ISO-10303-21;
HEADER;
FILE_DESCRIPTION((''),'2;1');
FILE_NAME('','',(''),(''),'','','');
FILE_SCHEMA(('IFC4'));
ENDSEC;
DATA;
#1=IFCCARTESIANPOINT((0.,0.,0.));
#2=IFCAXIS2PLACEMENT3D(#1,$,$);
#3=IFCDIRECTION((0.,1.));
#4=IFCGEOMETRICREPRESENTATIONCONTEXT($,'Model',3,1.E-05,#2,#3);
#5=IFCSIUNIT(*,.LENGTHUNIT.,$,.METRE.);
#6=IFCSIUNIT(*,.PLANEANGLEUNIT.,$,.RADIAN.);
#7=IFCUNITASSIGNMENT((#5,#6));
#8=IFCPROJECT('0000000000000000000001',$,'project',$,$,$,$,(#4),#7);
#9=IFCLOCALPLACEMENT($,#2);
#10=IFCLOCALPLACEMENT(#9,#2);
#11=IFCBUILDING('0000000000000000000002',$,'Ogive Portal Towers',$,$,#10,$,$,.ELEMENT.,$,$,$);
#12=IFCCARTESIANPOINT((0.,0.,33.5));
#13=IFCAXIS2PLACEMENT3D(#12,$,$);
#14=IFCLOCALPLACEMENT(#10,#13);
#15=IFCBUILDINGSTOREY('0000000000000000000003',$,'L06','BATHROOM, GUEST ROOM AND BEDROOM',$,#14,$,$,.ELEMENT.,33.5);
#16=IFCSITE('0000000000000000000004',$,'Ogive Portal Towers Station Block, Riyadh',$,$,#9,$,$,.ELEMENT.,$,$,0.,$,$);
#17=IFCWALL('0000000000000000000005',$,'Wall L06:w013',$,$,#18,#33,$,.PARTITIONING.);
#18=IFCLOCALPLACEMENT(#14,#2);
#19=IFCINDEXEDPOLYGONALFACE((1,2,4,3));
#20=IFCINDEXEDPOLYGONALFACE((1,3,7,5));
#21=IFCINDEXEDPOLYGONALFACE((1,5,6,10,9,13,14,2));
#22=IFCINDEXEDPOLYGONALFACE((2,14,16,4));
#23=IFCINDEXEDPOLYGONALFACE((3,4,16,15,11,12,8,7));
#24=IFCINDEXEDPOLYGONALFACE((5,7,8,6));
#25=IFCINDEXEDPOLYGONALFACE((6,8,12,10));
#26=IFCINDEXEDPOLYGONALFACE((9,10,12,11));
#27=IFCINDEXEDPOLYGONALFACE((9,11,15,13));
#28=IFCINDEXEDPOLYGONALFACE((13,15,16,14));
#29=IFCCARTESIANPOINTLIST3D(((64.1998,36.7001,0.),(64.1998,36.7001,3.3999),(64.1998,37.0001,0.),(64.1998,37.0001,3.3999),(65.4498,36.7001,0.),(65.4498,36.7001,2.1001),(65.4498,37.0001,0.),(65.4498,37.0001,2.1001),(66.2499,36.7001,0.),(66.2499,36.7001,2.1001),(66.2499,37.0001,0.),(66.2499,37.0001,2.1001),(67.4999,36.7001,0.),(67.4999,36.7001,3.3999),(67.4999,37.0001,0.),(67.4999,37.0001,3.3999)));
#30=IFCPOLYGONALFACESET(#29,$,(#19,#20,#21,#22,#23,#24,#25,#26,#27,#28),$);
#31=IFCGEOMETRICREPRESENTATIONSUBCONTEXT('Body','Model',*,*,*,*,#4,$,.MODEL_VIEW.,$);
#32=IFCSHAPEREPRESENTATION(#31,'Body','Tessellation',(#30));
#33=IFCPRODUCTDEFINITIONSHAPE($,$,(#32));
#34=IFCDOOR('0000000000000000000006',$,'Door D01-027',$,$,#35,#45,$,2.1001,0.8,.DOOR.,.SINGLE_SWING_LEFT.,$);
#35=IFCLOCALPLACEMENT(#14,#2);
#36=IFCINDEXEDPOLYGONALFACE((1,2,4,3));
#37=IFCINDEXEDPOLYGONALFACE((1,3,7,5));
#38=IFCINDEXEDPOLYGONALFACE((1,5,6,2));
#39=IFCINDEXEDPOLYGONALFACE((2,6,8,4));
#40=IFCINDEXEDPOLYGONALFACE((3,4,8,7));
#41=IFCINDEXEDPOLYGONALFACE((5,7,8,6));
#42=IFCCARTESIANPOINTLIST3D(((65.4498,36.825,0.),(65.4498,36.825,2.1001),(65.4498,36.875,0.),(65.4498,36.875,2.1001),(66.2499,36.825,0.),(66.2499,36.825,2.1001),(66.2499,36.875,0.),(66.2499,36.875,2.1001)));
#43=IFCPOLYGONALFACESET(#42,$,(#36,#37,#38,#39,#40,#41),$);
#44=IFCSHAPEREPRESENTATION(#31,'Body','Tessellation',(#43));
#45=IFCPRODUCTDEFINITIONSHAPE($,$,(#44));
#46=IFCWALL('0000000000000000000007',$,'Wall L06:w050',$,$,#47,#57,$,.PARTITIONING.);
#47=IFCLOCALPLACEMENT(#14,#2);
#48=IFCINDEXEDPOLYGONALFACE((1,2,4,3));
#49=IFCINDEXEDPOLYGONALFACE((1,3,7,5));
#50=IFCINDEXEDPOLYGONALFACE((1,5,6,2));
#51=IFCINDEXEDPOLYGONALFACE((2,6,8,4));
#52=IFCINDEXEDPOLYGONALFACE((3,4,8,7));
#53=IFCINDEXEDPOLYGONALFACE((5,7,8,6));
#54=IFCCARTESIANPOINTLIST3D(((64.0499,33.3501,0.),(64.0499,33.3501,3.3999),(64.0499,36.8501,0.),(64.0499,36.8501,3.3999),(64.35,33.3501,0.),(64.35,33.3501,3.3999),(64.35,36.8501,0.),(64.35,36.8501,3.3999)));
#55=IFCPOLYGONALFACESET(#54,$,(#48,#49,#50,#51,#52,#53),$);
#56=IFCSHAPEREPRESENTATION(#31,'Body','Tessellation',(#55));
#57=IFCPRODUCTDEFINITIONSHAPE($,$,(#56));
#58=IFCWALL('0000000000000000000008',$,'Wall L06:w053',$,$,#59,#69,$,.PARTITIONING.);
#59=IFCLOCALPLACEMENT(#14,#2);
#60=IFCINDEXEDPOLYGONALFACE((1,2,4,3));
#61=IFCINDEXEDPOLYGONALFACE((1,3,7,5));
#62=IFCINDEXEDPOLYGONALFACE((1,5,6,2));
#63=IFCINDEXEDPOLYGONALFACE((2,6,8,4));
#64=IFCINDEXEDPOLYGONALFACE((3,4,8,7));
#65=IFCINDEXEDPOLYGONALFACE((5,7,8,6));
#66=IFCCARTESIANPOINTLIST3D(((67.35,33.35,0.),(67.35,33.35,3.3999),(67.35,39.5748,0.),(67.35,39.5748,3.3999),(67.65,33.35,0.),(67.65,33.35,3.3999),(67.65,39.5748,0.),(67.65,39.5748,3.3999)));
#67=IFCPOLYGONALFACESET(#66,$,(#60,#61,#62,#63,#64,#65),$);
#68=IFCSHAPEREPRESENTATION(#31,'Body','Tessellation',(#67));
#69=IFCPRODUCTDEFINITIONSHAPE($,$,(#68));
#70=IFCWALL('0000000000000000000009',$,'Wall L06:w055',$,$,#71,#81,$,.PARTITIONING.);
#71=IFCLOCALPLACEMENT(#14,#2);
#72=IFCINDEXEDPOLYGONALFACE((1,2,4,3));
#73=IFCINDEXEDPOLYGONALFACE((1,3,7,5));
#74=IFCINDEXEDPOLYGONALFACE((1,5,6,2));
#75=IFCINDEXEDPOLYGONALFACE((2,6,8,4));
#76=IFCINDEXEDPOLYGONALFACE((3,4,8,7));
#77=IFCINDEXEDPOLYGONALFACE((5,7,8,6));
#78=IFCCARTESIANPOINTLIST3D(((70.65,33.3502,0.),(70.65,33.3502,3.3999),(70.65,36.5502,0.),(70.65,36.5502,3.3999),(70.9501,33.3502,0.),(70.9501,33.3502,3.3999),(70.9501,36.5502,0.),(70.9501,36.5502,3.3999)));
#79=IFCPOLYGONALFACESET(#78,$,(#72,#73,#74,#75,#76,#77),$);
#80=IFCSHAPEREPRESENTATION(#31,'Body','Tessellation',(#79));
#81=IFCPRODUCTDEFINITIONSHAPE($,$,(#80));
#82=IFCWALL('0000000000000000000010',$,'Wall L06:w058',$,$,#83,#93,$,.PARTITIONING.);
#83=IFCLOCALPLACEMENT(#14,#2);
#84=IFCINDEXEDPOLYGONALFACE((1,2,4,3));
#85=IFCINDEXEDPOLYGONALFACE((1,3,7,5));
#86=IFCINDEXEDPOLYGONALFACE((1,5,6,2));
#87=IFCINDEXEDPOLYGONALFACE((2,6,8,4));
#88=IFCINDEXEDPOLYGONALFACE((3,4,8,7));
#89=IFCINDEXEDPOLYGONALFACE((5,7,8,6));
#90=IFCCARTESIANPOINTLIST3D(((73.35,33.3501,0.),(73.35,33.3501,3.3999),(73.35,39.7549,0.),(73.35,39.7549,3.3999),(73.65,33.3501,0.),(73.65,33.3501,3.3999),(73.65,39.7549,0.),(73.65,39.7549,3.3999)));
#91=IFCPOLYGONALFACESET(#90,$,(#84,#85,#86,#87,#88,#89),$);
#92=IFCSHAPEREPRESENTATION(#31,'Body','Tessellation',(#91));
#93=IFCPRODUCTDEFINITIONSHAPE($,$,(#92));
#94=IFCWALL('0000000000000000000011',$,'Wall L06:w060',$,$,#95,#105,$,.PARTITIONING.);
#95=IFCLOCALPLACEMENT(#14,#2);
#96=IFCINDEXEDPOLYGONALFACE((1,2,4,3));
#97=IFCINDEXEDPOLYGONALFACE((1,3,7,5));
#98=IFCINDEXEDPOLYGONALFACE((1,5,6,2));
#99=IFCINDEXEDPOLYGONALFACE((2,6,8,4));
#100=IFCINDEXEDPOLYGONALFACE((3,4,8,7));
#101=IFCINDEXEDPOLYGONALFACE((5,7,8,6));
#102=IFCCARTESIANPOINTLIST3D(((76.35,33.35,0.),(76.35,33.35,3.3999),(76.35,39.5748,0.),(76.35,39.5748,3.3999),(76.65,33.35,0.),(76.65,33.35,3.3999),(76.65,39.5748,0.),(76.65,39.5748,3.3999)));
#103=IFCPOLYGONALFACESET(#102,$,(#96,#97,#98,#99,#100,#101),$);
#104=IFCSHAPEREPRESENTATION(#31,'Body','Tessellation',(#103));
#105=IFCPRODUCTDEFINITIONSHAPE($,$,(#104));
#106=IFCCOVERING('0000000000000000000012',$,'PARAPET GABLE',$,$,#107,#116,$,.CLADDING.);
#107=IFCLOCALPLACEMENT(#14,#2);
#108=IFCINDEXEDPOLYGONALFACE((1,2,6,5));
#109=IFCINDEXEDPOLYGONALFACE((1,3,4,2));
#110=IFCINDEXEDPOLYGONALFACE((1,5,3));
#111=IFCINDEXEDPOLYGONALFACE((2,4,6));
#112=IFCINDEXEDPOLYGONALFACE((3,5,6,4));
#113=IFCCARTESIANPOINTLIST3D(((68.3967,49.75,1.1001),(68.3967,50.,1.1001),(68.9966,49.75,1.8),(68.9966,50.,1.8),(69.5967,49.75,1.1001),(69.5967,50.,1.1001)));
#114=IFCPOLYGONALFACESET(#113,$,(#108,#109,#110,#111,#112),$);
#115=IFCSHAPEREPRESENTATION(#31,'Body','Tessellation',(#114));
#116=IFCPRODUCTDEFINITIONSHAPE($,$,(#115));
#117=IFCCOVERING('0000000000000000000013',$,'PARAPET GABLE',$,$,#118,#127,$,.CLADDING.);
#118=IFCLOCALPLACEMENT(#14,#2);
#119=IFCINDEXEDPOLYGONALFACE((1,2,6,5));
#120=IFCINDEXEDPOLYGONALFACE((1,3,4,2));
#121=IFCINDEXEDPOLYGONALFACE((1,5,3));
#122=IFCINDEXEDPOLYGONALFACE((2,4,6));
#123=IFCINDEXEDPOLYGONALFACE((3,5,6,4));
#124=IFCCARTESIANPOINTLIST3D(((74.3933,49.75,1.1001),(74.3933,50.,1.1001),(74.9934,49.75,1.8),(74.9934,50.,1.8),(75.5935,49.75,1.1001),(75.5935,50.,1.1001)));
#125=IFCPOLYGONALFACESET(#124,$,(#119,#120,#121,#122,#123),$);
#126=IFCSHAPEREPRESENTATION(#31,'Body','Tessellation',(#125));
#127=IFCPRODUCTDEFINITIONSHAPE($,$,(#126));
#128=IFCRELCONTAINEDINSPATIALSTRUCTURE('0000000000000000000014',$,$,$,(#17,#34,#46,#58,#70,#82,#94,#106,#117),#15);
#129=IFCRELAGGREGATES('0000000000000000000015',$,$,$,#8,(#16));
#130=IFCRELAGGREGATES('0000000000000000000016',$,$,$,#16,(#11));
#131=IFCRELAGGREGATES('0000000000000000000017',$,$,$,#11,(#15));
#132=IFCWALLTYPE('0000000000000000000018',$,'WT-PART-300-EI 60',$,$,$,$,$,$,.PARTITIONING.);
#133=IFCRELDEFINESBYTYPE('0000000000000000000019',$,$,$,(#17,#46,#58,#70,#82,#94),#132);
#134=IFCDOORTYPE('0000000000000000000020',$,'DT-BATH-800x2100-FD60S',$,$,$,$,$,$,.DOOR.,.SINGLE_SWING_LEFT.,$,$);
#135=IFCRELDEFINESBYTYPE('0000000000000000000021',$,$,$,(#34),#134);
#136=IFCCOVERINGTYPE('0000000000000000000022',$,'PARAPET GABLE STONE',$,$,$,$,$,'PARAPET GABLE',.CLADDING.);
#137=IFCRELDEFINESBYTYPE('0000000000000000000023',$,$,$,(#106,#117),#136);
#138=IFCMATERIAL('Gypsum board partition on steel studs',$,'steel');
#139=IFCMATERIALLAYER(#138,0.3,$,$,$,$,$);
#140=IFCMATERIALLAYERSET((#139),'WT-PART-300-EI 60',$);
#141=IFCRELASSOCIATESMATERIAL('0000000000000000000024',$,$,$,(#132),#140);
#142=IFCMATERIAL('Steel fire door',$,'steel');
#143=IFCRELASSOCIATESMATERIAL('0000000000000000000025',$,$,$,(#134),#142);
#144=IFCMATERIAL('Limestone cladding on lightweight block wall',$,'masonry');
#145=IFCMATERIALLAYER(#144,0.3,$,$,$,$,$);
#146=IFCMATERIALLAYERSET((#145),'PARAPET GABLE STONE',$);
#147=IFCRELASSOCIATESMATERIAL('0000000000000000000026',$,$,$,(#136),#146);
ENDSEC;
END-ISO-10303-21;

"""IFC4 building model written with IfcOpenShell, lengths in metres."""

from ifc_helpers import new_model, si_unit, direction, frame, frame_2d, origin, place, context, subcontext, project, spatial, polyline, rectangle, outline, extrude, material, layer, layer_set, type_object, element, fill, save


model = new_model("IFC4")

# Units and contexts
model_context = context("Model", 3, precision=1e-05, world=origin(), true_north=direction((0.0, 1.0)))
body_context = subcontext(model_context, "Body", "Model", "MODEL_VIEW")
ifc_project = project(units=[si_unit("LENGTHUNIT", "METRE"), si_unit("PLANEANGLEUNIT", "RADIAN")], contexts=[model_context])

# Site, building, storey
site_placement = place(None, origin())
site = spatial("IfcSite", under=ifc_project, at=site_placement, Name="Ogive Portal Towers Station Block, Riyadh", CompositionType="ELEMENT", RefElevation=0.0)
building_placement = place(site_placement, origin())
building = spatial("IfcBuilding", under=site, at=building_placement, Name="Ogive Portal Towers", CompositionType="ELEMENT")
storey_placement = place(building_placement, frame((0.0, 0.0, 33.5)))
storey = spatial("IfcBuildingStorey", under=building, at=storey_placement, Name="L06", Description="BATHROOM, GUEST ROOM AND BEDROOM", CompositionType="ELEMENT", Elevation=33.5)

# Wall, opening, door
ifc_material_1 = material(Name="Gypsum board partition on steel studs", Category="steel")
ifc_layer_1 = layer(ifc_material_1, 0.3)
ifc_layer_set_1 = layer_set([ifc_layer_1], Name="WT-PART-300-EI 60")
wall_type = type_object("IfcWallType", Name="WT-PART-300-EI 60", PredefinedType="PARTITIONING", material=ifc_layer_set_1)
ifc_material_2 = material(Name="Steel fire door", Category="steel")
door_type = type_object("IfcDoorType", Name="DT-BATH-800x2100-FD60S", OperationType="SINGLE_SWING_LEFT", PredefinedType="DOOR", material=ifc_material_2)
wall_1_placement = place(storey_placement, frame((64.2, 36.8501, 0.0), z_axis=(0.0, 0.0, 1.0), x_axis=(1.0, 0.0, 0.0)))
wall_1 = element("IfcWall", 1, at=wall_1_placement, inside=storey, type_object=wall_type, Name="Wall L06:w013", PredefinedType="PARTITIONING", context=body_context, shape_type="SweptSolid", body=[
    extrude(rectangle(XDim=3.3, YDim=0.3, at=frame_2d((1.6499, 0.0))), origin(), (0.0, 0.0, 1.0), 3.3999),
])
opening_1_placement = place(wall_1_placement, frame((1.25, 0.0, 0.0)))
opening_1 = element("IfcOpeningElement", 2, at=opening_1_placement, cuts=wall_1, PredefinedType="OPENING", context=body_context, shape_type="SweptSolid", body=[
    extrude(rectangle(XDim=0.8, YDim=2.1001, at=frame_2d((0.3999, 1.05))), frame((0.0, 0.1602, 0.0), z_axis=(0.0, -1.0, 0.0), x_axis=(1.0, 0.0, 0.0)), (0.0, 0.0, 1.0), 0.3201),
])
door_1_placement = place(opening_1_placement, origin())
door_1 = element("IfcDoor", 3, at=door_1_placement, inside=storey, type_object=door_type, Name="Door D01-027", OperationType="SINGLE_SWING_LEFT", OverallHeight=2.1001, OverallWidth=0.8, PredefinedType="DOOR", context=body_context, shape_type="SweptSolid", body=[
    extrude(rectangle(XDim=0.8, YDim=2.1001, at=frame_2d((0.3999, 1.05))), frame((0.0, 0.0249, 0.0), z_axis=(0.0, -1.0, 0.0), x_axis=(1.0, 0.0, 0.0)), (0.0, 0.0, 1.0), 0.05),
])
fill(opening_1, door_1)

# Walls
wall_2_placement = place(storey_placement, frame((64.2, 33.3501, 0.0), z_axis=(0.0, 0.0, 1.0), x_axis=(0.0, 1.0, 0.0)))
element("IfcWall", 4, at=wall_2_placement, inside=storey, type_object=wall_type, Name="Wall L06:w050", PredefinedType="PARTITIONING", context=body_context, shape_type="SweptSolid", body=[
    extrude(rectangle(XDim=3.5, YDim=0.3, at=frame_2d((1.75, 0.0))), origin(), (0.0, 0.0, 1.0), 3.3999),
])
wall_3_placement = place(storey_placement, frame((67.5, 33.3501, 0.0), z_axis=(0.0, 0.0, 1.0), x_axis=(0.0, 1.0, 0.0)))
element("IfcWall", 5, at=wall_3_placement, inside=storey, type_object=wall_type, Name="Wall L06:w053", PredefinedType="PARTITIONING", context=body_context, shape_type="SweptSolid", body=[
    extrude(rectangle(XDim=6.2249, YDim=0.3, at=frame_2d((3.1123, 0.0))), origin(), (0.0, 0.0, 1.0), 3.3999),
])
wall_4_placement = place(storey_placement, frame((70.8, 33.3501, 0.0), z_axis=(0.0, 0.0, 1.0), x_axis=(0.0, 1.0, 0.0)))
element("IfcWall", 6, at=wall_4_placement, inside=storey, type_object=wall_type, Name="Wall L06:w055", PredefinedType="PARTITIONING", context=body_context, shape_type="SweptSolid", body=[
    extrude(rectangle(XDim=3.2, YDim=0.3, at=frame_2d((1.6001, 0.0))), origin(), (0.0, 0.0, 1.0), 3.3999),
])
wall_5_placement = place(storey_placement, frame((73.5, 33.3501, 0.0), z_axis=(0.0, 0.0, 1.0), x_axis=(0.0, 1.0, 0.0)))
element("IfcWall", 7, at=wall_5_placement, inside=storey, type_object=wall_type, Name="Wall L06:w058", PredefinedType="PARTITIONING", context=body_context, shape_type="SweptSolid", body=[
    extrude(rectangle(XDim=6.4048, YDim=0.3, at=frame_2d((3.2024, 0.0))), origin(), (0.0, 0.0, 1.0), 3.3999),
])
wall_6_placement = place(storey_placement, frame((76.5, 33.3501, 0.0), z_axis=(0.0, 0.0, 1.0), x_axis=(0.0, 1.0, 0.0)))
element("IfcWall", 8, at=wall_6_placement, inside=storey, type_object=wall_type, Name="Wall L06:w060", PredefinedType="PARTITIONING", context=body_context, shape_type="SweptSolid", body=[
    extrude(rectangle(XDim=6.2249, YDim=0.3, at=frame_2d((3.1123, 0.0))), origin(), (0.0, 0.0, 1.0), 3.3999),
])

# Coverings
ifc_material_3 = material(Name="Limestone cladding on lightweight block wall", Category="masonry")
ifc_layer_2 = layer(ifc_material_3, 0.3)
ifc_layer_set_2 = layer_set([ifc_layer_2], Name="PARAPET GABLE STONE")
covering_type = type_object("IfcCoveringType", Name="PARAPET GABLE STONE", ElementType="PARAPET GABLE", PredefinedType="CLADDING", material=ifc_layer_set_2)
covering_1_placement = place(storey_placement, frame((68.3967, 49.75, 1.1001), z_axis=(0.0, -1.0, 0.0), x_axis=(1.0, 0.0, 0.0)))
element("IfcCovering", 9, at=covering_1_placement, inside=storey, type_object=covering_type, Name="PARAPET GABLE", PredefinedType="CLADDING", context=body_context, shape_type="SweptSolid", body=[
    extrude(outline(polyline([(0.0, 0.0), (1.2, 0.0), (0.5999, 0.7), (0.0, 0.0)])), origin(), (0.0, 0.0, -1.0), 0.25),
])
covering_2_placement = place(storey_placement, frame((74.3933, 49.75, 1.1001), z_axis=(0.0, -1.0, 0.0), x_axis=(1.0, 0.0, 0.0)))
element("IfcCovering", 10, at=covering_2_placement, inside=storey, type_object=covering_type, Name="PARAPET GABLE", PredefinedType="CLADDING", context=body_context, shape_type="SweptSolid", body=[
    extrude(outline(polyline([(0.0, 0.0), (1.2002, 0.0), (0.6001, 0.7), (0.0, 0.0)])), origin(), (0.0, 0.0, -1.0), 0.25),
])

save(model, "model.ifc")
